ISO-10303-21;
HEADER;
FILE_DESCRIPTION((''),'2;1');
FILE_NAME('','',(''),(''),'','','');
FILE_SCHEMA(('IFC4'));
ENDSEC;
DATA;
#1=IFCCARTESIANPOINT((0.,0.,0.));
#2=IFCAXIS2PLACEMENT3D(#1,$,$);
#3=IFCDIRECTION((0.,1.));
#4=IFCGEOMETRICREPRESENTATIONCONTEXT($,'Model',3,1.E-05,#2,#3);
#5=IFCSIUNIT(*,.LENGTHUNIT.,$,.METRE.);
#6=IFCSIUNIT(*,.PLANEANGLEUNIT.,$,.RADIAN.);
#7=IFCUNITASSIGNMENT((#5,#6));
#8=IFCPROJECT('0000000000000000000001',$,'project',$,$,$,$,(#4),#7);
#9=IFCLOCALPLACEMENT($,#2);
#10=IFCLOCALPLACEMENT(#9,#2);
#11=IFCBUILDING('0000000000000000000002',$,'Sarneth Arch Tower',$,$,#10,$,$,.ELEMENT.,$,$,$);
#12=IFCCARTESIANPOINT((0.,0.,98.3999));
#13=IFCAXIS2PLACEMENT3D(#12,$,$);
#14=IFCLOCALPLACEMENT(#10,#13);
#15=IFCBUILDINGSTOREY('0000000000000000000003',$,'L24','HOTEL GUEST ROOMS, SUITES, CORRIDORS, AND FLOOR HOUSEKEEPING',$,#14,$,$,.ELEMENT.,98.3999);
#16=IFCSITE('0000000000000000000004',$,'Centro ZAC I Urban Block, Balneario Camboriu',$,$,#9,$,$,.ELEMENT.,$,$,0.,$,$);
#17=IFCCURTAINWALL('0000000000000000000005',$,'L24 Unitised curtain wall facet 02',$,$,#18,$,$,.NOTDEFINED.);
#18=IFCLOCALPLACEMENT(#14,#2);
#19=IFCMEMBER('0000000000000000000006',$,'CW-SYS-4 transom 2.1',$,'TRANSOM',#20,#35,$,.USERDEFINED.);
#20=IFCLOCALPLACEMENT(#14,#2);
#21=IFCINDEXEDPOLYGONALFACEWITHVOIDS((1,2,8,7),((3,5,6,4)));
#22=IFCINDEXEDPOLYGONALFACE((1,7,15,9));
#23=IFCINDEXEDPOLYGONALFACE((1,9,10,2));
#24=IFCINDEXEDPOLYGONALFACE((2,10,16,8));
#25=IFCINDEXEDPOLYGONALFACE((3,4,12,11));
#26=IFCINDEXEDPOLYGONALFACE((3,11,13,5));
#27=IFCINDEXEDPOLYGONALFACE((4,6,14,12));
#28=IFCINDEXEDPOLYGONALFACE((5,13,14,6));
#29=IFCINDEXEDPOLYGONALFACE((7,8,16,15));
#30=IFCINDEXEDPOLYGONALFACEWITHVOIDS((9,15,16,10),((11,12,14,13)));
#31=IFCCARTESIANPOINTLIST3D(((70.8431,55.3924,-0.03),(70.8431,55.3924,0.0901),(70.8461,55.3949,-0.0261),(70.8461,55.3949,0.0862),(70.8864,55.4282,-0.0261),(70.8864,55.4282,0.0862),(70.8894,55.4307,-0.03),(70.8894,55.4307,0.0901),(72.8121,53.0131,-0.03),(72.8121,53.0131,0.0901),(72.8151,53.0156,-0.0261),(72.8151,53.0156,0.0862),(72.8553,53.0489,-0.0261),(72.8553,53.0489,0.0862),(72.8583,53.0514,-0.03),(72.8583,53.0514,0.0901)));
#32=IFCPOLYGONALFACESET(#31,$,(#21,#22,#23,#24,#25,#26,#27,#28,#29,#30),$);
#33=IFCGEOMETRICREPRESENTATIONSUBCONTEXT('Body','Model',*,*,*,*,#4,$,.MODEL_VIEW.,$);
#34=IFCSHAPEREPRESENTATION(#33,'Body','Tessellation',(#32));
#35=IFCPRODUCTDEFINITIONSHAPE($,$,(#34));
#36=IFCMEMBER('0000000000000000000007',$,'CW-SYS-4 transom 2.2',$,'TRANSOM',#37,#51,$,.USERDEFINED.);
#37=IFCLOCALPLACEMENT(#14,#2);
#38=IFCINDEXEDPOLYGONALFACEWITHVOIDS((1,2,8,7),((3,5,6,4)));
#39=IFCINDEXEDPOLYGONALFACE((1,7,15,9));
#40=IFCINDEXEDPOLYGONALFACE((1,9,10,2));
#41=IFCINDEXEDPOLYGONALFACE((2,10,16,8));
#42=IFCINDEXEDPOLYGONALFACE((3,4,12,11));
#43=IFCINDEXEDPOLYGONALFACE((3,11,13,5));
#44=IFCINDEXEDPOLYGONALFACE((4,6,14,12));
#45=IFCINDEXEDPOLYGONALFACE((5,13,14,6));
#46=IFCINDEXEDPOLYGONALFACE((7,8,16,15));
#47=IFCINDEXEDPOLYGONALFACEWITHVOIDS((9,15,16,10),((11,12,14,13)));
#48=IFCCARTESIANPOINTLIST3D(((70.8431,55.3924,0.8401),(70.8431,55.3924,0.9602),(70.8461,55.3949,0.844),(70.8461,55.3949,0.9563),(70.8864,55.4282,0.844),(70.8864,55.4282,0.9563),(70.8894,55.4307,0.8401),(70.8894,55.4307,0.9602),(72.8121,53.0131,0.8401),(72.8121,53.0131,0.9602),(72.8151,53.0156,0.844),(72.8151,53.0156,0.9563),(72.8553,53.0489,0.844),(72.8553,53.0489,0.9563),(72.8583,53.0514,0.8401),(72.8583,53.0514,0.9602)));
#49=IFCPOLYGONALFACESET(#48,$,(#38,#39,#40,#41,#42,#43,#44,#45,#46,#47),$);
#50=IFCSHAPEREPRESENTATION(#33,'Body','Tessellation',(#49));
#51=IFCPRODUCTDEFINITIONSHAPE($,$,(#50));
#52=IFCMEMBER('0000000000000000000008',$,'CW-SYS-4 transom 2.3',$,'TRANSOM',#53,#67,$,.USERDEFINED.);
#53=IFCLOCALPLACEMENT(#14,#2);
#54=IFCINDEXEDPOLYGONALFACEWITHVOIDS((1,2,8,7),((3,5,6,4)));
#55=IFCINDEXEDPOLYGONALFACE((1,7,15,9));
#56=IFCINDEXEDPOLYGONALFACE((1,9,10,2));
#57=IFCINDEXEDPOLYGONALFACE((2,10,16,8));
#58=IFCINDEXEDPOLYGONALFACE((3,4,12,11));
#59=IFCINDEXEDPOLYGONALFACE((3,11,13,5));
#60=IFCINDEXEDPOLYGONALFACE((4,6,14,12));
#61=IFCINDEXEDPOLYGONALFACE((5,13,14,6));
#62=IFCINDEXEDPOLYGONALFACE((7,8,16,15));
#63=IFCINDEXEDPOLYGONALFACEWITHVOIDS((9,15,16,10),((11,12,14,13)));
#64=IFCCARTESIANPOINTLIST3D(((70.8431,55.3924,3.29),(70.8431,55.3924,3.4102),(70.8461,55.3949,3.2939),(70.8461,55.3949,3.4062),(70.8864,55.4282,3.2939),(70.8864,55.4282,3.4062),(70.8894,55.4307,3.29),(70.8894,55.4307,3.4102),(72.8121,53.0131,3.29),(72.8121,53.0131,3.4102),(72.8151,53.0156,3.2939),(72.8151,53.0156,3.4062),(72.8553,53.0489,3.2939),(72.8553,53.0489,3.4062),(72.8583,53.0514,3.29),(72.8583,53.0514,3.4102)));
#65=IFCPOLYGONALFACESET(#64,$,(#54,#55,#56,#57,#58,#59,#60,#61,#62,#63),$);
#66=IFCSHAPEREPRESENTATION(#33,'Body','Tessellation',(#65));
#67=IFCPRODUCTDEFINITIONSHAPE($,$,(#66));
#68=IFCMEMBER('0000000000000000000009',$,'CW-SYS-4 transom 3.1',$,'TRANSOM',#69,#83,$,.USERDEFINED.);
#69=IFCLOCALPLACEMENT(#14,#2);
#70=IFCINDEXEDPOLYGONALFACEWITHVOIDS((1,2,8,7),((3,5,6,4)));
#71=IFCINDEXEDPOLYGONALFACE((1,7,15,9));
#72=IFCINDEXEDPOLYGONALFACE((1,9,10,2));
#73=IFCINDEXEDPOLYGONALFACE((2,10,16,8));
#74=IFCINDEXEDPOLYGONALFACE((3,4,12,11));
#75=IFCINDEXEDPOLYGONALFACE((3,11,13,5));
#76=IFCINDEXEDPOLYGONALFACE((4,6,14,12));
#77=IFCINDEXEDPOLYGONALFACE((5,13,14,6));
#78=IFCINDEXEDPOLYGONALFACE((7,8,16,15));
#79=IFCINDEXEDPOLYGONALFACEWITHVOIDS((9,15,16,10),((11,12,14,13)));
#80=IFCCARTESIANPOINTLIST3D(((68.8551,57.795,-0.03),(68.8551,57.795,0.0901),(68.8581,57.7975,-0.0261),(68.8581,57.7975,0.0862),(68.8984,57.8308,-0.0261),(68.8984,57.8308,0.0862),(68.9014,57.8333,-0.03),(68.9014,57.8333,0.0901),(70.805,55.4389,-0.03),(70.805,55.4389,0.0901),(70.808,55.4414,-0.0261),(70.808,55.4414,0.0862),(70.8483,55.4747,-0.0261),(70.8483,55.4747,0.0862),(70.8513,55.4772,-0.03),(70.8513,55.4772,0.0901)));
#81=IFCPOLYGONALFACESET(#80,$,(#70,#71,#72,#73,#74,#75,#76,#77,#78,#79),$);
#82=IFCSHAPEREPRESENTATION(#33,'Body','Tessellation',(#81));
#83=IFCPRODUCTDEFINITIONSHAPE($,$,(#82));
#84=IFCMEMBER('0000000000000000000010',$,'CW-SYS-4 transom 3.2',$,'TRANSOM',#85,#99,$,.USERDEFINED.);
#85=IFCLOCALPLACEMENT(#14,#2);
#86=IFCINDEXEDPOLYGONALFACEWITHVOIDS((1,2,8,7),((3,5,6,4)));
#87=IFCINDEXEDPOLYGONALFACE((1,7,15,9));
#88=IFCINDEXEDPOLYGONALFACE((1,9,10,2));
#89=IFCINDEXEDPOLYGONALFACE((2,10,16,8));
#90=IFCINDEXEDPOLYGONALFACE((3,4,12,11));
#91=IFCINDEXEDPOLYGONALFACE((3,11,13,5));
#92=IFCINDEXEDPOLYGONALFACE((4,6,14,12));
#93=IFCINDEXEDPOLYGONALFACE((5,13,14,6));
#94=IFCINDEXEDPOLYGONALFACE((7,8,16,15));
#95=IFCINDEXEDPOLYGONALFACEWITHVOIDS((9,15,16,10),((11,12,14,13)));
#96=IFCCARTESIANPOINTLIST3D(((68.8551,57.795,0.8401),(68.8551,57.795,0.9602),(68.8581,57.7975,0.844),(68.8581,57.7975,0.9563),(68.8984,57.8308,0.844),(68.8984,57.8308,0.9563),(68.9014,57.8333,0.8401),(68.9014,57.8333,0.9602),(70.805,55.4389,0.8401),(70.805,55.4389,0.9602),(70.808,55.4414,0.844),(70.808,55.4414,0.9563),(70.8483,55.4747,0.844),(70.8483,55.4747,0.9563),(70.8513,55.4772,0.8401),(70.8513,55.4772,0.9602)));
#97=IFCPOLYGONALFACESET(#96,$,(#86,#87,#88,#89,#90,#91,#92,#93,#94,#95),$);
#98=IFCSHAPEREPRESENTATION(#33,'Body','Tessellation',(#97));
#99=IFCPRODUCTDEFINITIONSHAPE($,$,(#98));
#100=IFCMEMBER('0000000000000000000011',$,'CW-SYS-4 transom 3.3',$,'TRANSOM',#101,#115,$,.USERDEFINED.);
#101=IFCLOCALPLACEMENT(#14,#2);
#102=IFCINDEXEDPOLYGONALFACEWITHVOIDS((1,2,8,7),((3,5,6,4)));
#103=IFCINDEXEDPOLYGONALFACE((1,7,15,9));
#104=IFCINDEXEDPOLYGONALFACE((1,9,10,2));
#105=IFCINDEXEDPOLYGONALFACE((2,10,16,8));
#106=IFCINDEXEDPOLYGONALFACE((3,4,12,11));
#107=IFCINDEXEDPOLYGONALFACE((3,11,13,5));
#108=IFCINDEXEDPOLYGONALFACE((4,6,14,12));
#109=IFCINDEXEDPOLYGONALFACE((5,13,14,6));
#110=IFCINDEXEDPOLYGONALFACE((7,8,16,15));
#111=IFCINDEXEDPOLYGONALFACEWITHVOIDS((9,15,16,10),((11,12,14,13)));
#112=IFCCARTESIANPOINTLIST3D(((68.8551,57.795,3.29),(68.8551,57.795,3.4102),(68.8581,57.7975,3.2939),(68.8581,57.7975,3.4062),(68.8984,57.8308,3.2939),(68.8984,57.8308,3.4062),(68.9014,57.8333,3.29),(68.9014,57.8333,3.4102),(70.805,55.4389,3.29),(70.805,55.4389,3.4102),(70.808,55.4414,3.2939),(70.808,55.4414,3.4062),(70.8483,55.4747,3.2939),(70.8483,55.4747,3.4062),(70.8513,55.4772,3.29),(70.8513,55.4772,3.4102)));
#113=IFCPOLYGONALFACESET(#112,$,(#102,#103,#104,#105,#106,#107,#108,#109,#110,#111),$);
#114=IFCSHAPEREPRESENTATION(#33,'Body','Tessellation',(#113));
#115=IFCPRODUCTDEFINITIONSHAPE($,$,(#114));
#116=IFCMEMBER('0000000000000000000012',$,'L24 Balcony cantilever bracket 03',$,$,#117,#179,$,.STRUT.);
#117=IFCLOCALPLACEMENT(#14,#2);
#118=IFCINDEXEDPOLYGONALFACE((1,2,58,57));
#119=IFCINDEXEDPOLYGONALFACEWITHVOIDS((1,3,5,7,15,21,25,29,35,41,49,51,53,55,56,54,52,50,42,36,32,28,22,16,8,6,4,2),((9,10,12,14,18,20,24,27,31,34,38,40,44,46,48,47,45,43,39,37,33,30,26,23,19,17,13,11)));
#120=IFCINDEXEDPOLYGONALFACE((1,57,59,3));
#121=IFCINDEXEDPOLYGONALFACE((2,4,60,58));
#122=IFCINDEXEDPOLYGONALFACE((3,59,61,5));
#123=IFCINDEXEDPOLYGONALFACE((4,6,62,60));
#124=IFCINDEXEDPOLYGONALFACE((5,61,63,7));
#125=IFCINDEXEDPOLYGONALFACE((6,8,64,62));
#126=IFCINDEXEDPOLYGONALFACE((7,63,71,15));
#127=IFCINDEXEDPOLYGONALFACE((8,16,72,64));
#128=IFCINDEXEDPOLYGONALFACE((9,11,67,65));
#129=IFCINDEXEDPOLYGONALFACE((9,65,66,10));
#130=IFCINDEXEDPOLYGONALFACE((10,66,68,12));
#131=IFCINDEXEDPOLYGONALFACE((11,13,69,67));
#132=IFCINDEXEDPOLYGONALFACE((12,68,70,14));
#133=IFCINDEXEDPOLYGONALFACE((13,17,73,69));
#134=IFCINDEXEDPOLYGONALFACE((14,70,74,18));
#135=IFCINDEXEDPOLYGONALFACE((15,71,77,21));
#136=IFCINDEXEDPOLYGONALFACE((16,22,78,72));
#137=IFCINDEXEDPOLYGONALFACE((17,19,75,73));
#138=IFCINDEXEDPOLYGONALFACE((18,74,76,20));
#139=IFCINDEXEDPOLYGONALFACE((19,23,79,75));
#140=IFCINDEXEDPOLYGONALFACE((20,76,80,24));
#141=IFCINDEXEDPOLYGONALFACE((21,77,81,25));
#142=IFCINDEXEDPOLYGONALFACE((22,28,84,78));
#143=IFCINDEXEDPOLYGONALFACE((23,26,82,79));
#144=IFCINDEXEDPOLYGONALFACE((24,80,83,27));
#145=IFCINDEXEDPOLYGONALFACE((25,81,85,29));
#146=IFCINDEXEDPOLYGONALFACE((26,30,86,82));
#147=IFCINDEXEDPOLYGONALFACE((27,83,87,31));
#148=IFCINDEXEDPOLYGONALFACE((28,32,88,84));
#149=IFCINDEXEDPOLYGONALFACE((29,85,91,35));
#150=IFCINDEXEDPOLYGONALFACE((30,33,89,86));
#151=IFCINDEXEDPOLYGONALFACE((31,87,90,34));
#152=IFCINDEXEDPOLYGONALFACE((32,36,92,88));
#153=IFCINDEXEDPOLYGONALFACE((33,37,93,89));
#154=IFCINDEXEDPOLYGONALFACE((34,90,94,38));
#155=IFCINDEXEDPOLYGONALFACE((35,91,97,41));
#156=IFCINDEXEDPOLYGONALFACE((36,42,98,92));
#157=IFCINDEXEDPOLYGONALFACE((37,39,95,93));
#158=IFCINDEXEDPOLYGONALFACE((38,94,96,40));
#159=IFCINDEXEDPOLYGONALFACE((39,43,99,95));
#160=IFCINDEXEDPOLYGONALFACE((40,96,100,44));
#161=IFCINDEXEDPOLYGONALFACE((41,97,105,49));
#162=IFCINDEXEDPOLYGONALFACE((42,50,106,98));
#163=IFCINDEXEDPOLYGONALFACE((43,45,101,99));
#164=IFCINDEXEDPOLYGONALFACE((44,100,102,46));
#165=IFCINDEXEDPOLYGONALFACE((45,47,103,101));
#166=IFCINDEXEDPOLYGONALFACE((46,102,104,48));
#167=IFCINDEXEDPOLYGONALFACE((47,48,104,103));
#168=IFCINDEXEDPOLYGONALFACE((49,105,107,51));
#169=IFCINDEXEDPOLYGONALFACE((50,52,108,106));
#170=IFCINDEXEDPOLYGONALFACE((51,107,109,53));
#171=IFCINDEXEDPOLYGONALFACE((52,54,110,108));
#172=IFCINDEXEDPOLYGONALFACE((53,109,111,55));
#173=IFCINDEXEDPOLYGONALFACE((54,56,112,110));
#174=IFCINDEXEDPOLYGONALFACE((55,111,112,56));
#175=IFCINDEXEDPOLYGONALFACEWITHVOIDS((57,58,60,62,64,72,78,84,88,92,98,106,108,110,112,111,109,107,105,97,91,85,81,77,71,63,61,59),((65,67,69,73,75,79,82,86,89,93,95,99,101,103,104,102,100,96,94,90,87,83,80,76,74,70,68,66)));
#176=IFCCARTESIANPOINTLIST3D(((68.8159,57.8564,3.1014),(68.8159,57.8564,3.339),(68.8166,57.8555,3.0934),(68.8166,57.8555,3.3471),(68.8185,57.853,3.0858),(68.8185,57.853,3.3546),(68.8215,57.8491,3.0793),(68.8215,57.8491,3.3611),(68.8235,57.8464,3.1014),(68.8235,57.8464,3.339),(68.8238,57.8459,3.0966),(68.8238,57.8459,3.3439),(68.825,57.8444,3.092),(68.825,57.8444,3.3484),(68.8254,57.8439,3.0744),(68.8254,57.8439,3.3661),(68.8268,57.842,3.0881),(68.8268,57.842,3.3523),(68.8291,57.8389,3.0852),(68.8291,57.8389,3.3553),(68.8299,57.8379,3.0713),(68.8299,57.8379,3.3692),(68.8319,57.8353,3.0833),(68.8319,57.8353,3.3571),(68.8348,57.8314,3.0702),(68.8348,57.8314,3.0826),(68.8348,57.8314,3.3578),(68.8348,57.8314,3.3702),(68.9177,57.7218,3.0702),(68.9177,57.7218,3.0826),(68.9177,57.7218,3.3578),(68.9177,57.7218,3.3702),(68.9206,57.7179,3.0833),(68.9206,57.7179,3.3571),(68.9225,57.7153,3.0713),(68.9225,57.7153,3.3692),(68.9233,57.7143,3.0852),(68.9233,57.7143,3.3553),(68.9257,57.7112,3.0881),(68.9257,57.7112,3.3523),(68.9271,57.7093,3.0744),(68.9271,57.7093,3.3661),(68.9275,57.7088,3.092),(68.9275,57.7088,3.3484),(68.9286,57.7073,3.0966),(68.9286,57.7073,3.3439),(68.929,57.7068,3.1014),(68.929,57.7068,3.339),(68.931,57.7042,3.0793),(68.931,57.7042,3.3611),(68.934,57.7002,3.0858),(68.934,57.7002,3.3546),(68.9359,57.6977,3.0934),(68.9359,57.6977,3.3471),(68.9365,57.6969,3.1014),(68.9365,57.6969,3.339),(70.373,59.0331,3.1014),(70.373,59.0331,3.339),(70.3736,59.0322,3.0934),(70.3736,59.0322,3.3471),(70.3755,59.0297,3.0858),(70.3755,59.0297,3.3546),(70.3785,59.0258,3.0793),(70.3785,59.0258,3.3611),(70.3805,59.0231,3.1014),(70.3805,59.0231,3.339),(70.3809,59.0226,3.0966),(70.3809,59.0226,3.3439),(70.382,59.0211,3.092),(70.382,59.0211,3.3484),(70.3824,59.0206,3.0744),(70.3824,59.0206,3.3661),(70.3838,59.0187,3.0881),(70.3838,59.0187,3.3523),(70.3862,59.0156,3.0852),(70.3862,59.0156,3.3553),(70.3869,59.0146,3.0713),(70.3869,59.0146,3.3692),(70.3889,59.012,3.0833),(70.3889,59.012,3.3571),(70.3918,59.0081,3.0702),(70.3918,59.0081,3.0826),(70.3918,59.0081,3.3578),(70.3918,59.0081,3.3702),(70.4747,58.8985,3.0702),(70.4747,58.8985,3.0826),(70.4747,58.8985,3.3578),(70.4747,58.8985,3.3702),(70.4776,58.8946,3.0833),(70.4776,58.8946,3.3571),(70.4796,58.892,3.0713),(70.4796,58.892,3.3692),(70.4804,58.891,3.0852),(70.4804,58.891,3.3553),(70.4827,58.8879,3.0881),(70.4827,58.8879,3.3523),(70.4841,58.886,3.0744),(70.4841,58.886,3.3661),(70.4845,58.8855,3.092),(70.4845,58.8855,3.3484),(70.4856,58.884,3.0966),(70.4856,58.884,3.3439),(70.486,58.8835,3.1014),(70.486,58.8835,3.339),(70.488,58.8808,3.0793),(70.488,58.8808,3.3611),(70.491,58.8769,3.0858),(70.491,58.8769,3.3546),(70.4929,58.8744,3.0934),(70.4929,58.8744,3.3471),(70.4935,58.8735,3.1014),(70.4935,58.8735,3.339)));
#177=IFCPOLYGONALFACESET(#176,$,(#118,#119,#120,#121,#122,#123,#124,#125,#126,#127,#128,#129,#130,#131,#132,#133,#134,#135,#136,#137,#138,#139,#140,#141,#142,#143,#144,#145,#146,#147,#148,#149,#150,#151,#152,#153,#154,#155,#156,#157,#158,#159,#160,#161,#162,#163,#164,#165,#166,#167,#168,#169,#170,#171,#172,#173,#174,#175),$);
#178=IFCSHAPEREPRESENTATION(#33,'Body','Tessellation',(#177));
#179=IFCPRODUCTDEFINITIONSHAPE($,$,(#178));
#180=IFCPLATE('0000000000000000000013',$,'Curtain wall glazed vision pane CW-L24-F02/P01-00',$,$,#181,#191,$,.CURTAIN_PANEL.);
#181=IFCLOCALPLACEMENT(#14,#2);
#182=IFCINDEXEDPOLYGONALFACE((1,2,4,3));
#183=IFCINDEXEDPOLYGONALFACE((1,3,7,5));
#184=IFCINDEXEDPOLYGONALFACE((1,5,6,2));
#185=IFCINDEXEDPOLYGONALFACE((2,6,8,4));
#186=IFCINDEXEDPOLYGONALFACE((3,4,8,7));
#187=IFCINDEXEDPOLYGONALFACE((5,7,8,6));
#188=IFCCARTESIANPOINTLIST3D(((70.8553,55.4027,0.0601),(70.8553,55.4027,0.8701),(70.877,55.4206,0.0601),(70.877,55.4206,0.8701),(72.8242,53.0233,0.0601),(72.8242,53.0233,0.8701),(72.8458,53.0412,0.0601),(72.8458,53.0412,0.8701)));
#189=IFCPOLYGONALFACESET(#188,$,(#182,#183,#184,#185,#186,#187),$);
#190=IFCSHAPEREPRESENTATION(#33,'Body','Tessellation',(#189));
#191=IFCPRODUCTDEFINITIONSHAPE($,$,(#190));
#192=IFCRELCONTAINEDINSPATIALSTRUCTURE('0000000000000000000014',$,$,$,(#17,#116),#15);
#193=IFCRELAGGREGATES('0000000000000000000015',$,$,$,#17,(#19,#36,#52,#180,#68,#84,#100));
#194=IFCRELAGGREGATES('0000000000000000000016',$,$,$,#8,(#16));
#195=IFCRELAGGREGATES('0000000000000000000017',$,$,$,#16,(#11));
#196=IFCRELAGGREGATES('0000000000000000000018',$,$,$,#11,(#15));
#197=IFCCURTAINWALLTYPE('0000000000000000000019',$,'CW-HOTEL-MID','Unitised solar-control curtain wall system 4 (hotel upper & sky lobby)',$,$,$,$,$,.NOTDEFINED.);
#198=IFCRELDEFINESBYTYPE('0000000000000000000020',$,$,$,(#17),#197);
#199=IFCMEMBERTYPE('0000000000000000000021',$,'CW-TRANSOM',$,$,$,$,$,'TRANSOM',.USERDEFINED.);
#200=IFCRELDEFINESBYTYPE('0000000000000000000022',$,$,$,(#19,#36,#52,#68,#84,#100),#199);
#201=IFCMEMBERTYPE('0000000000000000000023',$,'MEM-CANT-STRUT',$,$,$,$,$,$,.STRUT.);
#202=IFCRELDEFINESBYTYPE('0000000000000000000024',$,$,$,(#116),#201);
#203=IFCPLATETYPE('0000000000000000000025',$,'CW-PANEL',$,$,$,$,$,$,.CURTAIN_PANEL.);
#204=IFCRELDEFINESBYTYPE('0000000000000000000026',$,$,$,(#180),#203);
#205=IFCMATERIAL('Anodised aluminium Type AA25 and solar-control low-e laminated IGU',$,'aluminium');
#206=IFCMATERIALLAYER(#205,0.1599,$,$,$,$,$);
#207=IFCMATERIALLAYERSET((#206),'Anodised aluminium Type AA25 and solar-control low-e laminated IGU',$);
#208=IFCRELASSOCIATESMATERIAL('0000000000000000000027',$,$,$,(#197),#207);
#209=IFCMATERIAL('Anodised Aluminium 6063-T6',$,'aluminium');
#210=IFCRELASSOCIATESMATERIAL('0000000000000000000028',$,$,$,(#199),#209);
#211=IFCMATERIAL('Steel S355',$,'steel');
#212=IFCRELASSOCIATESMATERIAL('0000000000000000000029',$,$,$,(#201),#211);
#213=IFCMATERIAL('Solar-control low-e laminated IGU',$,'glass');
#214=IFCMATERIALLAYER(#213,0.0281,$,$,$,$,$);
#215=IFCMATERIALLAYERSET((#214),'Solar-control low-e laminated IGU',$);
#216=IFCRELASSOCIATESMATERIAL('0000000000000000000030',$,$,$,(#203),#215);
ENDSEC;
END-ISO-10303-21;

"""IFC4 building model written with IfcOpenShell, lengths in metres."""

from ifc_helpers import new_model, si_unit, direction, frame, origin, origin_2d, place, context, subcontext, project, spatial, rectangle, hollow_rectangle, extrude, material, layer, layer_set, material_profile, profile_set, type_object, element, aggregate, save


model = new_model("IFC4")

# Units and contexts
model_context = context("Model", 3, precision=1e-05, world=origin(), true_north=direction((0.0, 1.0)))
body_context = subcontext(model_context, "Body", "Model", "MODEL_VIEW")
ifc_project = project(units=[si_unit("LENGTHUNIT", "METRE"), si_unit("PLANEANGLEUNIT", "RADIAN")], contexts=[model_context])

# Site, building, storey
site_placement = place(None, origin())
site = spatial("IfcSite", under=ifc_project, at=site_placement, Name="Centro ZAC I Urban Block, Balneario Camboriu", CompositionType="ELEMENT", RefElevation=0.0)
building_placement = place(site_placement, origin())
building = spatial("IfcBuilding", under=site, at=building_placement, Name="Sarneth Arch Tower", CompositionType="ELEMENT")
storey_placement = place(building_placement, frame((0.0, 0.0, 98.3999)))
storey = spatial("IfcBuildingStorey", under=building, at=storey_placement, Name="L24", Description="HOTEL GUEST ROOMS, SUITES, CORRIDORS, AND FLOOR HOUSEKEEPING", CompositionType="ELEMENT", Elevation=98.3999)

# Curtain wall, members
ifc_material_1 = material(Name="Anodised aluminium Type AA25 and solar-control low-e laminated IGU", Category="aluminium")
ifc_layer_1 = layer(ifc_material_1, 0.1599)
ifc_layer_set_1 = layer_set([ifc_layer_1], Name="Anodised aluminium Type AA25 and solar-control low-e laminated IGU")
curtain_wall_type = type_object("IfcCurtainWallType", Name="CW-HOTEL-MID", Description="Unitised solar-control curtain wall system 4 (hotel upper & sky lobby)", PredefinedType="NOTDEFINED", material=ifc_layer_set_1)
curtain_wall_placement = place(storey_placement, origin())
curtain_wall = element("IfcCurtainWall", 1, at=curtain_wall_placement, inside=storey, type_object=curtain_wall_type, Name="L24 Unitised curtain wall facet 02", PredefinedType="NOTDEFINED")
ifc_material_2 = material(Name="Anodised Aluminium 6063-T6", Category="aluminium")
ifc_material_profile_1 = material_profile(ifc_material_2, hollow_rectangle(XDim=0.0601, YDim=0.1201, WallThickness=0.0039, at=origin_2d()), Name="AL-TRAN-120x60x4")
ifc_profile_set_1 = profile_set([ifc_material_profile_1], Name="Anodised Aluminium 6063-T6")
member_type_1 = type_object("IfcMemberType", Name="CW-TRANSOM", ElementType="TRANSOM", PredefinedType="USERDEFINED", material=ifc_profile_set_1)
member_1_placement = place(storey_placement, frame((72.8352, 53.0322, 0.03), z_axis=(-0.637537, 0.77042, 0.0), x_axis=(-0.77042, -0.637537, 0.0)))
member_1 = element("IfcMember", 2, at=member_1_placement, type_object=member_type_1, Name="CW-SYS-4 transom 2.1", ObjectType="TRANSOM", PredefinedType="USERDEFINED", context=body_context, shape_type="SweptSolid", body=[
    extrude(hollow_rectangle(XDim=0.0601, YDim=0.1201, WallThickness=0.0039, at=origin_2d()), origin(), (0.0, 0.0, 1.0), 3.0884),
])
member_2_placement = place(storey_placement, frame((72.8352, 53.0322, 0.9001), z_axis=(-0.637537, 0.77042, 0.0), x_axis=(-0.77042, -0.637537, 0.0)))
member_2 = element("IfcMember", 3, at=member_2_placement, type_object=member_type_1, Name="CW-SYS-4 transom 2.2", ObjectType="TRANSOM", PredefinedType="USERDEFINED", context=body_context, shape_type="SweptSolid", body=[
    extrude(hollow_rectangle(XDim=0.0601, YDim=0.1201, WallThickness=0.0039, at=origin_2d()), origin(), (0.0, 0.0, 1.0), 3.0884),
])
member_3_placement = place(storey_placement, frame((72.8352, 53.0322, 3.3501), z_axis=(-0.637537, 0.77042, 0.0), x_axis=(-0.77042, -0.637537, 0.0)))
member_3 = element("IfcMember", 4, at=member_3_placement, type_object=member_type_1, Name="CW-SYS-4 transom 2.3", ObjectType="TRANSOM", PredefinedType="USERDEFINED", context=body_context, shape_type="SweptSolid", body=[
    extrude(hollow_rectangle(XDim=0.0601, YDim=0.1201, WallThickness=0.0039, at=origin_2d()), origin(), (0.0, 0.0, 1.0), 3.0884),
])
member_4_placement = place(storey_placement, frame((70.8281, 55.458, 0.03), z_axis=(-0.637566, 0.770396, 0.0), x_axis=(-0.770396, -0.637566, 0.0)))
member_4 = element("IfcMember", 5, at=member_4_placement, type_object=member_type_1, Name="CW-SYS-4 transom 3.1", ObjectType="TRANSOM", PredefinedType="USERDEFINED", context=body_context, shape_type="SweptSolid", body=[
    extrude(hollow_rectangle(XDim=0.0601, YDim=0.1201, WallThickness=0.0039, at=origin_2d()), origin(), (0.0, 0.0, 1.0), 3.0583),
])
member_5_placement = place(storey_placement, frame((70.8281, 55.458, 0.9001), z_axis=(-0.637566, 0.770396, 0.0), x_axis=(-0.770396, -0.637566, 0.0)))
member_5 = element("IfcMember", 6, at=member_5_placement, type_object=member_type_1, Name="CW-SYS-4 transom 3.2", ObjectType="TRANSOM", PredefinedType="USERDEFINED", context=body_context, shape_type="SweptSolid", body=[
    extrude(hollow_rectangle(XDim=0.0601, YDim=0.1201, WallThickness=0.0039, at=origin_2d()), origin(), (0.0, 0.0, 1.0), 3.0583),
])
member_6_placement = place(storey_placement, frame((70.8281, 55.458, 3.3501), z_axis=(-0.637566, 0.770396, 0.0), x_axis=(-0.770396, -0.637566, 0.0)))
member_6 = element("IfcMember", 7, at=member_6_placement, type_object=member_type_1, Name="CW-SYS-4 transom 3.3", ObjectType="TRANSOM", PredefinedType="USERDEFINED", context=body_context, shape_type="SweptSolid", body=[
    extrude(hollow_rectangle(XDim=0.0601, YDim=0.1201, WallThickness=0.0039, at=origin_2d()), origin(), (0.0, 0.0, 1.0), 3.0583),
])

# Member
ifc_material_3 = material(Name="Steel S355", Category="steel")
ifc_material_profile_2 = material_profile(ifc_material_3, hollow_rectangle(XDim=0.2, YDim=0.3, WallThickness=0.0125, InnerFilletRadius=0.0188, OuterFilletRadius=0.0312, at=origin_2d()), Name="RHS300x200x12.5")
ifc_profile_set_2 = profile_set([ifc_material_profile_2], Name="Steel S355")
member_type_2 = type_object("IfcMemberType", Name="MEM-CANT-STRUT", PredefinedType="STRUT", material=ifc_profile_set_2)
member_7_placement = place(storey_placement, frame((68.8762, 57.7766, 3.2202), z_axis=(0.797803, 0.602918, 0.0), x_axis=(-0.602918, 0.797803, 0.0)))
element("IfcMember", 8, at=member_7_placement, inside=storey, type_object=member_type_2, Name="L24 Balcony cantilever bracket 03", PredefinedType="STRUT", context=body_context, shape_type="SweptSolid", body=[
    extrude(hollow_rectangle(XDim=0.2, YDim=0.3, WallThickness=0.0125, InnerFilletRadius=0.0188, OuterFilletRadius=0.0312, at=origin_2d()), origin(), (0.0, 0.0, 1.0), 1.9517),
])

# Plate
ifc_material_4 = material(Name="Solar-control low-e laminated IGU", Category="glass")
ifc_layer_2 = layer(ifc_material_4, 0.0281)
ifc_layer_set_2 = layer_set([ifc_layer_2], Name="Solar-control low-e laminated IGU")
plate_type_1 = type_object("IfcPlateType", Name="CW-PANEL", PredefinedType="CURTAIN_PANEL", material=ifc_layer_set_2)
plate_1_placement = place(storey_placement, frame((71.8506, 54.2219, 0.0601), z_axis=(0.0, 0.0, 1.0), x_axis=(-0.637515, 0.770438, 0.0)))
plate_1 = element("IfcPlate", 9, at=plate_1_placement, type_object=plate_type_1, Name="Curtain wall glazed vision pane CW-L24-F02/P01-00", PredefinedType="CURTAIN_PANEL", context=body_context, shape_type="SweptSolid", body=[
    extrude(rectangle(XDim=3.0884, YDim=0.0281, at=origin_2d()), origin(), (0.0, 0.0, 1.0), 0.8101),
])
aggregate(curtain_wall, [member_1, member_2, member_3, plate_1, member_4, member_5, member_6])

save(model, "model.ifc")
